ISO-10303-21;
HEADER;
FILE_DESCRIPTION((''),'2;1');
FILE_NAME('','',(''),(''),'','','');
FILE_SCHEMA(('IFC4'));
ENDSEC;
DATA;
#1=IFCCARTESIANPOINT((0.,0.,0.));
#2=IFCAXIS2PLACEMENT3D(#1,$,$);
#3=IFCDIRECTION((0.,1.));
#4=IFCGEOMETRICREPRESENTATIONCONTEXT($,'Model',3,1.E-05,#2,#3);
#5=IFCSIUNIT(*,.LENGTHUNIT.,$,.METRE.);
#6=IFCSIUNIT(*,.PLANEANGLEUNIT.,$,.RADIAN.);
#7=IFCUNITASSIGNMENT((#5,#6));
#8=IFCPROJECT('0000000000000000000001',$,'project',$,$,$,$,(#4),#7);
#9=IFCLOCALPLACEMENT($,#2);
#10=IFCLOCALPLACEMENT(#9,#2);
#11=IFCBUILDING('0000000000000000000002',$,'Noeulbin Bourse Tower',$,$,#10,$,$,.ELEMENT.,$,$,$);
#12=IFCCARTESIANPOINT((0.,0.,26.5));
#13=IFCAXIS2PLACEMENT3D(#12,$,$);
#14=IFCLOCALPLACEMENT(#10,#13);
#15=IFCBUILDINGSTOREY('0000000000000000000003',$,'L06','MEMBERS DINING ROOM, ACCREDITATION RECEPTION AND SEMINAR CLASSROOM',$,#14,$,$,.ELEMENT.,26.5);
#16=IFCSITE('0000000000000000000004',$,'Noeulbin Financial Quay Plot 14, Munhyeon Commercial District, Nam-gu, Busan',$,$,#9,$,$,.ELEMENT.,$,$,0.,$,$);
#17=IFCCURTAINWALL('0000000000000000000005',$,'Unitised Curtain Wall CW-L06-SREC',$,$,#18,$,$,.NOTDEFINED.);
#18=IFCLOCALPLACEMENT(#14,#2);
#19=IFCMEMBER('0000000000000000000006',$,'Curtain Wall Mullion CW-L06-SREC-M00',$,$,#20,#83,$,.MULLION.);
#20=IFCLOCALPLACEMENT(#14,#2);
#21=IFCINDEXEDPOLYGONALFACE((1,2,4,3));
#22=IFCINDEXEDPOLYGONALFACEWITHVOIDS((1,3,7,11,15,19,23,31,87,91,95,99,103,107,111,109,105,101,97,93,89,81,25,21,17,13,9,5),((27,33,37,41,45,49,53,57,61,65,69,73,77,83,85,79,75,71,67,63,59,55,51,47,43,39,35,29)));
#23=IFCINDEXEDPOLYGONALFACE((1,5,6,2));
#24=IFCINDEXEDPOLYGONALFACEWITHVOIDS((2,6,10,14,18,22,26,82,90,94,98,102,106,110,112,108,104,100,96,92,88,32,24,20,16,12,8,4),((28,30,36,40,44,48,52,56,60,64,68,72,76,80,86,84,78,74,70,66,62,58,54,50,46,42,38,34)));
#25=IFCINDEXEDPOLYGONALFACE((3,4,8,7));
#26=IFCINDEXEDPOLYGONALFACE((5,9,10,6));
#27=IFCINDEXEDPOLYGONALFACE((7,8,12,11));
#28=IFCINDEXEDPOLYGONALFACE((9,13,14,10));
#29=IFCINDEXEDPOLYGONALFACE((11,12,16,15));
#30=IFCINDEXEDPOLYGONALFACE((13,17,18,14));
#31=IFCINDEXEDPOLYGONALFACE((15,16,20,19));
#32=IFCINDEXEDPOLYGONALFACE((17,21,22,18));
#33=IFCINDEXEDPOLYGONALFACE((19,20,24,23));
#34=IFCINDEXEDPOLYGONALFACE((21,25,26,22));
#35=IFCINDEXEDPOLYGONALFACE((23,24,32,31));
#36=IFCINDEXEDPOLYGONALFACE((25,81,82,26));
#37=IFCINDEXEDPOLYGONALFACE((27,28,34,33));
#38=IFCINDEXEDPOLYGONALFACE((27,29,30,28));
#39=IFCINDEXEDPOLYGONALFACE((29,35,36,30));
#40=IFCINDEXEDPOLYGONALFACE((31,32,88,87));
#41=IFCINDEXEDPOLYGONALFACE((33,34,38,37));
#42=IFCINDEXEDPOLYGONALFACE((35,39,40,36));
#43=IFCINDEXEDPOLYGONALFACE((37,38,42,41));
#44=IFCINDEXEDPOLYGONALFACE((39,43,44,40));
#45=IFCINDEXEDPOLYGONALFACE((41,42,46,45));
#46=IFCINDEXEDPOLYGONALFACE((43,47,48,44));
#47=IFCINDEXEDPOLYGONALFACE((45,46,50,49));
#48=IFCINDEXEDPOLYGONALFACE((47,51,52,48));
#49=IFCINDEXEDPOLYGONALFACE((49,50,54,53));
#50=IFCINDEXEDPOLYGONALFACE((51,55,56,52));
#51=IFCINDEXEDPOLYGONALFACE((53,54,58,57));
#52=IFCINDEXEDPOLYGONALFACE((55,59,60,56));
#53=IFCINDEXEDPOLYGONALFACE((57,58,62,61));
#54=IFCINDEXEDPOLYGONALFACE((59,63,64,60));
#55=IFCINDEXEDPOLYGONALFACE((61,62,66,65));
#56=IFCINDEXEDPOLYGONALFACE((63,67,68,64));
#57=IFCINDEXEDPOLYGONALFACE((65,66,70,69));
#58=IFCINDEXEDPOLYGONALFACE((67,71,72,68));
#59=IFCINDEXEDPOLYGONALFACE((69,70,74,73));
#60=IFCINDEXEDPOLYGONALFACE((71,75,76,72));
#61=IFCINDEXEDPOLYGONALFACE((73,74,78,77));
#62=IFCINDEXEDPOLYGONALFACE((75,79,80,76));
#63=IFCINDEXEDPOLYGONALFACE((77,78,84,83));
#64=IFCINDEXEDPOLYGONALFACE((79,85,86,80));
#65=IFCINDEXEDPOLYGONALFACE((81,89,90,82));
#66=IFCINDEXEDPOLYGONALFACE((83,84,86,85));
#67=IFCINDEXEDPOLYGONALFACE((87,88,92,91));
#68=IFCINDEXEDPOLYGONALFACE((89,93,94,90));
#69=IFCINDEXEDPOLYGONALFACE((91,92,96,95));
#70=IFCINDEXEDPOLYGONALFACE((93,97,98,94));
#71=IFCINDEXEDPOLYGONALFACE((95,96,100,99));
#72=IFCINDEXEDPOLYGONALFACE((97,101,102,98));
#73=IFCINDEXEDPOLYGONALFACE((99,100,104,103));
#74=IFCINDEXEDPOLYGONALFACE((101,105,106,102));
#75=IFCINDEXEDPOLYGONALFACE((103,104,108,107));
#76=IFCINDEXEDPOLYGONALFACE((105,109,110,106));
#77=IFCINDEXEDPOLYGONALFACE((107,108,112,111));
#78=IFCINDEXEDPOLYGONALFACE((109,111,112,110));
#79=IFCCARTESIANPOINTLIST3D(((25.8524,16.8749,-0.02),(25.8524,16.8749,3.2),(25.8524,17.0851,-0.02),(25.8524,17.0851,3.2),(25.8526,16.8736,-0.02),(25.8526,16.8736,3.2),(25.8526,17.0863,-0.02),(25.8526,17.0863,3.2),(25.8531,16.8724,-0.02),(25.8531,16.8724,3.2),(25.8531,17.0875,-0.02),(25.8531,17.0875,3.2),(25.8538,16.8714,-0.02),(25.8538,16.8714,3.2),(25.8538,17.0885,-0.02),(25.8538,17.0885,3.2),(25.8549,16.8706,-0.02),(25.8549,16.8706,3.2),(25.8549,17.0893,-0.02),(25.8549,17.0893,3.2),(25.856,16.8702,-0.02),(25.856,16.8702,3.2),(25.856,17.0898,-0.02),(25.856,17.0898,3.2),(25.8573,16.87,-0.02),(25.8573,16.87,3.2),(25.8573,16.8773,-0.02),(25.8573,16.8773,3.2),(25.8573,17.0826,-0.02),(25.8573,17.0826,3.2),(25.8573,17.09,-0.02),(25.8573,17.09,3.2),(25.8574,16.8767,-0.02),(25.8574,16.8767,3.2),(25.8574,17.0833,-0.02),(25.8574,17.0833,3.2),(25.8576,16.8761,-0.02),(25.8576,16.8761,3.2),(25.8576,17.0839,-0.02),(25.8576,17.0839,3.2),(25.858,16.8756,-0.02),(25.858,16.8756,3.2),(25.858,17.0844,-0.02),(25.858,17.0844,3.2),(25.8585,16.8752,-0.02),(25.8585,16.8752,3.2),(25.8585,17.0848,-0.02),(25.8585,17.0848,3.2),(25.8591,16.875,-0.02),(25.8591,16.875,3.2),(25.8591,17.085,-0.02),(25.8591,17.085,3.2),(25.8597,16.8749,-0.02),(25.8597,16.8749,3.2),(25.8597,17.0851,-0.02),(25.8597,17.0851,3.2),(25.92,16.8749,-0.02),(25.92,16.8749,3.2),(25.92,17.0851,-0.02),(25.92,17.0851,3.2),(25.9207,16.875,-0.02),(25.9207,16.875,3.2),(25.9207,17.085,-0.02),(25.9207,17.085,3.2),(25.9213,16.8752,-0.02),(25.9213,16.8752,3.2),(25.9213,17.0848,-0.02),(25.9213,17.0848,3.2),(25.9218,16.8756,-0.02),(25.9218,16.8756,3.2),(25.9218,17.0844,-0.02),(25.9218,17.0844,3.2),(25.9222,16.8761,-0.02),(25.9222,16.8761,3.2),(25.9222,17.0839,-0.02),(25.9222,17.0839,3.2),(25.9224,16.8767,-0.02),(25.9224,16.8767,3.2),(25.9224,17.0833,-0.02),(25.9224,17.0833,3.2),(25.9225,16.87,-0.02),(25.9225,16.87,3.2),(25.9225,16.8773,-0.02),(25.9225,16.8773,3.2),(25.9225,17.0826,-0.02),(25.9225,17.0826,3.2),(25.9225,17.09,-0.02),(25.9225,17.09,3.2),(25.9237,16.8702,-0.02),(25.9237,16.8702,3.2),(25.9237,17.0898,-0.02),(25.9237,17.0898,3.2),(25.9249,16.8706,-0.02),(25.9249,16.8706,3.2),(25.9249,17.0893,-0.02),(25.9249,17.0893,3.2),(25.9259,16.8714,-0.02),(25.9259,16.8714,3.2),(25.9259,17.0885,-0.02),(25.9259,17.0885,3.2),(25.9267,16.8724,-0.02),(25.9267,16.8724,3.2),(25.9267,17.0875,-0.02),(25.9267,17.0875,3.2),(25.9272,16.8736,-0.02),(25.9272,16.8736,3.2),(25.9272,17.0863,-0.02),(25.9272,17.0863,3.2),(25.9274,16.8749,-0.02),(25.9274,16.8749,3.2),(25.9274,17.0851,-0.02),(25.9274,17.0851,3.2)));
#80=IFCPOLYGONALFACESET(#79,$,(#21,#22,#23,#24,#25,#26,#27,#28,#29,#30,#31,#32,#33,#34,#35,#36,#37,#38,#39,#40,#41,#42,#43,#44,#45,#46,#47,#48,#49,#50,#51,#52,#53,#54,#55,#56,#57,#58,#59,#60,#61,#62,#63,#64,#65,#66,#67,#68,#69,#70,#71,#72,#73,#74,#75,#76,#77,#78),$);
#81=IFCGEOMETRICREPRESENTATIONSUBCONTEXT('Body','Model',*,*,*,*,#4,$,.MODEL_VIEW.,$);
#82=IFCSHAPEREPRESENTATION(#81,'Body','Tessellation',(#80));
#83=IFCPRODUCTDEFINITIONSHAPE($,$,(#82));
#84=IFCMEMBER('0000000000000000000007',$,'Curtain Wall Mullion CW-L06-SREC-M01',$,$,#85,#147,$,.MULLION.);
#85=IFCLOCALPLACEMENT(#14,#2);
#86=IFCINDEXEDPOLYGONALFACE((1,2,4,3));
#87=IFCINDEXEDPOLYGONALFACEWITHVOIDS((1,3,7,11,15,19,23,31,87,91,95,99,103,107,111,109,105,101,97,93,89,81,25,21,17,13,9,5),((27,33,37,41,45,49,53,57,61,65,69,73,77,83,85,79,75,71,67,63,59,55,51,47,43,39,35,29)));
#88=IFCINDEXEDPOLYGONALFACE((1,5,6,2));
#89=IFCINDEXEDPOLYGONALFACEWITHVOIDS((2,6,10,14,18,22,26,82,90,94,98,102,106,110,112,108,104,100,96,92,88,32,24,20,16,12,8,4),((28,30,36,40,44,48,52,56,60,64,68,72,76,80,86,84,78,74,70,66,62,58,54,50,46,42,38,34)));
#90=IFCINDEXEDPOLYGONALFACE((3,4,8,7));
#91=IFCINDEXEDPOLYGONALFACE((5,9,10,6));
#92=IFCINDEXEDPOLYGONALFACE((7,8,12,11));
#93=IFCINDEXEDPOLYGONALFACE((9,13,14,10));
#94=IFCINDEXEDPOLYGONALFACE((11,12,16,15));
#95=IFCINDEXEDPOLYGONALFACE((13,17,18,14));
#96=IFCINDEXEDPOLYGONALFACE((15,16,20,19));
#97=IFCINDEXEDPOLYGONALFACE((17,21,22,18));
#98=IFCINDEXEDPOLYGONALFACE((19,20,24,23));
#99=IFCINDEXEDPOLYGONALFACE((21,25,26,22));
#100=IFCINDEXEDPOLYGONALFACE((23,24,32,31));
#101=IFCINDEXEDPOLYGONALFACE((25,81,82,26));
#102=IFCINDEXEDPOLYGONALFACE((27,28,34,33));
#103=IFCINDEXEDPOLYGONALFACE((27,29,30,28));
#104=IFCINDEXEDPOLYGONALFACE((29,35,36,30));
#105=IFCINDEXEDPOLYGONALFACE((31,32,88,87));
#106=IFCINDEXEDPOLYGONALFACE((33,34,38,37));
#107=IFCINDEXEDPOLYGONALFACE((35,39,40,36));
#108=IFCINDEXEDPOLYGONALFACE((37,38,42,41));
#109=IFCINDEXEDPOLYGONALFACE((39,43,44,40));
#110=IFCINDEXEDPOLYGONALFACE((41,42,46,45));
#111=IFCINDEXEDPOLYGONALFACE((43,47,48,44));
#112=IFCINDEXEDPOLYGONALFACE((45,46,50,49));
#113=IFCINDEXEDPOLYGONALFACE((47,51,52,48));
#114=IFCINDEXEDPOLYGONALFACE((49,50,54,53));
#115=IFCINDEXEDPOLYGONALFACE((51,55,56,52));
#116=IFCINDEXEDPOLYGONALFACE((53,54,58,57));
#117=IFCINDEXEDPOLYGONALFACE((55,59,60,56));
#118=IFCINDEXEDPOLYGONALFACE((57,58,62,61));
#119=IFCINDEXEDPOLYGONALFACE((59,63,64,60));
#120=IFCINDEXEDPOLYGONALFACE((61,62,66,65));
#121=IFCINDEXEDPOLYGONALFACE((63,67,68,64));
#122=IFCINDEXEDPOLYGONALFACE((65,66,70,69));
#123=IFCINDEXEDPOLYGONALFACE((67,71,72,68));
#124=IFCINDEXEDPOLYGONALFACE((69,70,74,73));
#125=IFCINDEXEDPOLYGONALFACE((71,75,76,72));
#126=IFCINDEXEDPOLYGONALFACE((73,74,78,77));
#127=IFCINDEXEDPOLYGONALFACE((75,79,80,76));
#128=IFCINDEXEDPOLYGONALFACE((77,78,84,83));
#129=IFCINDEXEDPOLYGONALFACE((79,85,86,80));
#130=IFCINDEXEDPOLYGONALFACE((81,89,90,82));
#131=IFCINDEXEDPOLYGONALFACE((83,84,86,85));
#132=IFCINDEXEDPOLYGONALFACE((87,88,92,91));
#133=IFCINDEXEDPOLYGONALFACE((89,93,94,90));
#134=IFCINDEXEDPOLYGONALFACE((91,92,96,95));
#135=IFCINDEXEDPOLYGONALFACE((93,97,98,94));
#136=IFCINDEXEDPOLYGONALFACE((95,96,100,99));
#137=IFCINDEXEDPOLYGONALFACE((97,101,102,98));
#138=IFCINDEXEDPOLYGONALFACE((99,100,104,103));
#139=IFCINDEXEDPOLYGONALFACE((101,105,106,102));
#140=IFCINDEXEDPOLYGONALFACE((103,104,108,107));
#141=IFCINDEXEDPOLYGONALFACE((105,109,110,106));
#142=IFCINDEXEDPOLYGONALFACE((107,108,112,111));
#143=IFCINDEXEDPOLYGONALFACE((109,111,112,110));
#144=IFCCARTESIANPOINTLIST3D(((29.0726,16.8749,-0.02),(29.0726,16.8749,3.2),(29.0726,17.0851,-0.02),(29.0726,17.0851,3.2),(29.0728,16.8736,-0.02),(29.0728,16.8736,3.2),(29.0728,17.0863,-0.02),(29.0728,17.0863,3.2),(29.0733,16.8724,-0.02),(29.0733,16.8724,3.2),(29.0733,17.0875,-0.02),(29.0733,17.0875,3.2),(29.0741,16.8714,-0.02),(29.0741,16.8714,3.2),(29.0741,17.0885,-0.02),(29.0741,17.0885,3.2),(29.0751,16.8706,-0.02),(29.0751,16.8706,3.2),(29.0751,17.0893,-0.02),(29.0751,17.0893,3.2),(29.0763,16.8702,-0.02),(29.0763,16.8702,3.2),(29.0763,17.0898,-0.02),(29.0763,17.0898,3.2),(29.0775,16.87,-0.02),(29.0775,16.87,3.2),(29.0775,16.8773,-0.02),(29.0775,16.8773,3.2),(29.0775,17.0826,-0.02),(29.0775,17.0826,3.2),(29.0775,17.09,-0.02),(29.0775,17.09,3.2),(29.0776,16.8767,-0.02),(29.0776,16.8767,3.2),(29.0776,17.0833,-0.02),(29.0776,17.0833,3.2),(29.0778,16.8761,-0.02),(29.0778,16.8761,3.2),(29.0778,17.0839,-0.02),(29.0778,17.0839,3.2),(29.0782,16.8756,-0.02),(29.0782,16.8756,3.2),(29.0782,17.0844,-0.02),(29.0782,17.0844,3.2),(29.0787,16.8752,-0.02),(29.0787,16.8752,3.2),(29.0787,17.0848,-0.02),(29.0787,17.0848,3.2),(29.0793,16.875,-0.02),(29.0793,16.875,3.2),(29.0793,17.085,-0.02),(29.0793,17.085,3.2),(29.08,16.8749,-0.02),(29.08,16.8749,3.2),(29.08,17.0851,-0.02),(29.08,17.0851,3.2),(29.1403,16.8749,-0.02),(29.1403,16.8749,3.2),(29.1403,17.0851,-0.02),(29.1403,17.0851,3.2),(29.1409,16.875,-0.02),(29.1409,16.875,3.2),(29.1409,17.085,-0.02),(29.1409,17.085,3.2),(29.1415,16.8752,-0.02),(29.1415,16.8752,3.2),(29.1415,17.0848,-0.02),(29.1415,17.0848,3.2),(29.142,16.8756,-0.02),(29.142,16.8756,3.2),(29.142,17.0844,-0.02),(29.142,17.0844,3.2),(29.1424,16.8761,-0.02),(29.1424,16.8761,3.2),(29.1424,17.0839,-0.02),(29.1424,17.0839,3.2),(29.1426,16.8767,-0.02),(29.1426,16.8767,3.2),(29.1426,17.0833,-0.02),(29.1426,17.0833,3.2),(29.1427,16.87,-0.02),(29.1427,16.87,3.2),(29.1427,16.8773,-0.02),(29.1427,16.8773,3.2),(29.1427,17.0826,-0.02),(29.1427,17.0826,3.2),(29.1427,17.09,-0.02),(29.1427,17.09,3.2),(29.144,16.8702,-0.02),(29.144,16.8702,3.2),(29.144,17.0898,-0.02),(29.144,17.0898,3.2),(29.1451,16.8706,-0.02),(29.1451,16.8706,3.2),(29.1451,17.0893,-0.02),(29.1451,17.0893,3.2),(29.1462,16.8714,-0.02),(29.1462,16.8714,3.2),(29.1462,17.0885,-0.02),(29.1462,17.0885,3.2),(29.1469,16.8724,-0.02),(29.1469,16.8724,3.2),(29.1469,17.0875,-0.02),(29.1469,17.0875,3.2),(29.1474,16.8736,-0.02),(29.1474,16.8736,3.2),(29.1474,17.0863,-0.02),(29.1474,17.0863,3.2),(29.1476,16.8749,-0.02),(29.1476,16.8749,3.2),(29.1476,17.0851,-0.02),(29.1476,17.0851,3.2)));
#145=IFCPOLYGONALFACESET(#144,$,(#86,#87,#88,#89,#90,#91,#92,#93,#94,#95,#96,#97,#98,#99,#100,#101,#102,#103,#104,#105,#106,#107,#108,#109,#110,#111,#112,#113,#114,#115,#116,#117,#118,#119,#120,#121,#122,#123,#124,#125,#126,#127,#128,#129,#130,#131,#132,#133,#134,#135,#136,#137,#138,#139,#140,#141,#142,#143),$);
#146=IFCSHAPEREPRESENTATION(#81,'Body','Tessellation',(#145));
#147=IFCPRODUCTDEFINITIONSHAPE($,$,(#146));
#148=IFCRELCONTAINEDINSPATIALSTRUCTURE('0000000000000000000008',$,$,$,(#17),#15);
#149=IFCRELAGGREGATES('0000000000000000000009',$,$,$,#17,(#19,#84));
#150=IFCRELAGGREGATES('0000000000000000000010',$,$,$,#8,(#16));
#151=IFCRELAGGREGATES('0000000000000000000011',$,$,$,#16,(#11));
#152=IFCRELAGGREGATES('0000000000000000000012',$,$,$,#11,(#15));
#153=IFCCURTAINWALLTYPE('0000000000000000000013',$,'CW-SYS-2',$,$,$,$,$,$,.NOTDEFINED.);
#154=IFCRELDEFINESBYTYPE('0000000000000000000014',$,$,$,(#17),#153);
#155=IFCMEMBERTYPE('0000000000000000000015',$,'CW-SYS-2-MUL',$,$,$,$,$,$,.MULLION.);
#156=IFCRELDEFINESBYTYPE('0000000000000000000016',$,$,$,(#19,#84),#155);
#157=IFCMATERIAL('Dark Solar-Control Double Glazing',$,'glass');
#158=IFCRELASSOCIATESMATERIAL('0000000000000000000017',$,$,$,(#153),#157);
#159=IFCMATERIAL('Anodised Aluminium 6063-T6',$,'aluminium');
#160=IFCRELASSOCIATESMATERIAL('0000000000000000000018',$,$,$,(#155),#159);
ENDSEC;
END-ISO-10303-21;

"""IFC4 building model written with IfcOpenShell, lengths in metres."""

from ifc_helpers import new_model, si_unit, direction, frame, origin, origin_2d, place, context, subcontext, project, spatial, hollow_rectangle, extrude, material, material_profile, profile_set, type_object, element, aggregate, save


model = new_model("IFC4")

# Units and contexts
model_context = context("Model", 3, precision=1e-05, world=origin(), true_north=direction((0.0, 1.0)))
body_context = subcontext(model_context, "Body", "Model", "MODEL_VIEW")
ifc_project = project(units=[si_unit("LENGTHUNIT", "METRE"), si_unit("PLANEANGLEUNIT", "RADIAN")], contexts=[model_context])

# Site, building, storey
site_placement = place(None, origin())
site = spatial("IfcSite", under=ifc_project, at=site_placement, Name="Noeulbin Financial Quay Plot 14, Munhyeon Commercial District, Nam-gu, Busan", CompositionType="ELEMENT", RefElevation=0.0)
building_placement = place(site_placement, origin())
building = spatial("IfcBuilding", under=site, at=building_placement, Name="Noeulbin Bourse Tower", CompositionType="ELEMENT")
storey_placement = place(building_placement, frame((0.0, 0.0, 26.5)))
storey = spatial("IfcBuildingStorey", under=building, at=storey_placement, Name="L06", Description="MEMBERS DINING ROOM, ACCREDITATION RECEPTION AND SEMINAR CLASSROOM", CompositionType="ELEMENT", Elevation=26.5)

# Curtain wall, members
ifc_material_1 = material(Name="Dark Solar-Control Double Glazing", Category="glass")
curtain_wall_type = type_object("IfcCurtainWallType", Name="CW-SYS-2", PredefinedType="NOTDEFINED", material=ifc_material_1)
curtain_wall_1_placement = place(storey_placement, origin())
curtain_wall_1 = element("IfcCurtainWall", 1, at=curtain_wall_1_placement, inside=storey, type_object=curtain_wall_type, Name="Unitised Curtain Wall CW-L06-SREC", PredefinedType="NOTDEFINED")
ifc_material_2 = material(Name="Anodised Aluminium 6063-T6", Category="aluminium")
ifc_material_profile_1 = material_profile(ifc_material_2, hollow_rectangle(XDim=0.075, YDim=0.22, WallThickness=0.0049, InnerFilletRadius=0.0024, OuterFilletRadius=0.0049, at=origin_2d()), Name="ALU-MULL-75x220x5", Category="LoadBearing")
ifc_profile_set_1 = profile_set([ifc_material_profile_1], Name="Anodised Aluminium 6063-T6")
member_type_1 = type_object("IfcMemberType", Name="CW-SYS-2-MUL", PredefinedType="MULLION", material=ifc_profile_set_1)
member_1_placement = place(storey_placement, frame((25.8899, 16.98, -0.02), z_axis=(0.0, 0.0, 1.0), x_axis=(1.0, 0.0, 0.0)))
member_1 = element("IfcMember", 2, at=member_1_placement, type_object=member_type_1, Name="Curtain Wall Mullion CW-L06-SREC-M00", PredefinedType="MULLION", context=body_context, shape_type="SweptSolid", body=[
    extrude(hollow_rectangle(XDim=0.075, YDim=0.22, WallThickness=0.0049, InnerFilletRadius=0.0024, OuterFilletRadius=0.0049, at=origin_2d()), origin(), (0.0, 0.0, 1.0), 3.22),
])
member_2_placement = place(storey_placement, frame((29.1101, 16.98, -0.02), z_axis=(0.0, 0.0, 1.0), x_axis=(1.0, 0.0, 0.0)))
member_2 = element("IfcMember", 3, at=member_2_placement, type_object=member_type_1, Name="Curtain Wall Mullion CW-L06-SREC-M01", PredefinedType="MULLION", context=body_context, shape_type="SweptSolid", body=[
    extrude(hollow_rectangle(XDim=0.075, YDim=0.22, WallThickness=0.0049, InnerFilletRadius=0.0024, OuterFilletRadius=0.0049, at=origin_2d()), origin(), (0.0, 0.0, 1.0), 3.22),
])

aggregate(curtain_wall_1, [member_1, member_2])

save(model, "model.ifc")
